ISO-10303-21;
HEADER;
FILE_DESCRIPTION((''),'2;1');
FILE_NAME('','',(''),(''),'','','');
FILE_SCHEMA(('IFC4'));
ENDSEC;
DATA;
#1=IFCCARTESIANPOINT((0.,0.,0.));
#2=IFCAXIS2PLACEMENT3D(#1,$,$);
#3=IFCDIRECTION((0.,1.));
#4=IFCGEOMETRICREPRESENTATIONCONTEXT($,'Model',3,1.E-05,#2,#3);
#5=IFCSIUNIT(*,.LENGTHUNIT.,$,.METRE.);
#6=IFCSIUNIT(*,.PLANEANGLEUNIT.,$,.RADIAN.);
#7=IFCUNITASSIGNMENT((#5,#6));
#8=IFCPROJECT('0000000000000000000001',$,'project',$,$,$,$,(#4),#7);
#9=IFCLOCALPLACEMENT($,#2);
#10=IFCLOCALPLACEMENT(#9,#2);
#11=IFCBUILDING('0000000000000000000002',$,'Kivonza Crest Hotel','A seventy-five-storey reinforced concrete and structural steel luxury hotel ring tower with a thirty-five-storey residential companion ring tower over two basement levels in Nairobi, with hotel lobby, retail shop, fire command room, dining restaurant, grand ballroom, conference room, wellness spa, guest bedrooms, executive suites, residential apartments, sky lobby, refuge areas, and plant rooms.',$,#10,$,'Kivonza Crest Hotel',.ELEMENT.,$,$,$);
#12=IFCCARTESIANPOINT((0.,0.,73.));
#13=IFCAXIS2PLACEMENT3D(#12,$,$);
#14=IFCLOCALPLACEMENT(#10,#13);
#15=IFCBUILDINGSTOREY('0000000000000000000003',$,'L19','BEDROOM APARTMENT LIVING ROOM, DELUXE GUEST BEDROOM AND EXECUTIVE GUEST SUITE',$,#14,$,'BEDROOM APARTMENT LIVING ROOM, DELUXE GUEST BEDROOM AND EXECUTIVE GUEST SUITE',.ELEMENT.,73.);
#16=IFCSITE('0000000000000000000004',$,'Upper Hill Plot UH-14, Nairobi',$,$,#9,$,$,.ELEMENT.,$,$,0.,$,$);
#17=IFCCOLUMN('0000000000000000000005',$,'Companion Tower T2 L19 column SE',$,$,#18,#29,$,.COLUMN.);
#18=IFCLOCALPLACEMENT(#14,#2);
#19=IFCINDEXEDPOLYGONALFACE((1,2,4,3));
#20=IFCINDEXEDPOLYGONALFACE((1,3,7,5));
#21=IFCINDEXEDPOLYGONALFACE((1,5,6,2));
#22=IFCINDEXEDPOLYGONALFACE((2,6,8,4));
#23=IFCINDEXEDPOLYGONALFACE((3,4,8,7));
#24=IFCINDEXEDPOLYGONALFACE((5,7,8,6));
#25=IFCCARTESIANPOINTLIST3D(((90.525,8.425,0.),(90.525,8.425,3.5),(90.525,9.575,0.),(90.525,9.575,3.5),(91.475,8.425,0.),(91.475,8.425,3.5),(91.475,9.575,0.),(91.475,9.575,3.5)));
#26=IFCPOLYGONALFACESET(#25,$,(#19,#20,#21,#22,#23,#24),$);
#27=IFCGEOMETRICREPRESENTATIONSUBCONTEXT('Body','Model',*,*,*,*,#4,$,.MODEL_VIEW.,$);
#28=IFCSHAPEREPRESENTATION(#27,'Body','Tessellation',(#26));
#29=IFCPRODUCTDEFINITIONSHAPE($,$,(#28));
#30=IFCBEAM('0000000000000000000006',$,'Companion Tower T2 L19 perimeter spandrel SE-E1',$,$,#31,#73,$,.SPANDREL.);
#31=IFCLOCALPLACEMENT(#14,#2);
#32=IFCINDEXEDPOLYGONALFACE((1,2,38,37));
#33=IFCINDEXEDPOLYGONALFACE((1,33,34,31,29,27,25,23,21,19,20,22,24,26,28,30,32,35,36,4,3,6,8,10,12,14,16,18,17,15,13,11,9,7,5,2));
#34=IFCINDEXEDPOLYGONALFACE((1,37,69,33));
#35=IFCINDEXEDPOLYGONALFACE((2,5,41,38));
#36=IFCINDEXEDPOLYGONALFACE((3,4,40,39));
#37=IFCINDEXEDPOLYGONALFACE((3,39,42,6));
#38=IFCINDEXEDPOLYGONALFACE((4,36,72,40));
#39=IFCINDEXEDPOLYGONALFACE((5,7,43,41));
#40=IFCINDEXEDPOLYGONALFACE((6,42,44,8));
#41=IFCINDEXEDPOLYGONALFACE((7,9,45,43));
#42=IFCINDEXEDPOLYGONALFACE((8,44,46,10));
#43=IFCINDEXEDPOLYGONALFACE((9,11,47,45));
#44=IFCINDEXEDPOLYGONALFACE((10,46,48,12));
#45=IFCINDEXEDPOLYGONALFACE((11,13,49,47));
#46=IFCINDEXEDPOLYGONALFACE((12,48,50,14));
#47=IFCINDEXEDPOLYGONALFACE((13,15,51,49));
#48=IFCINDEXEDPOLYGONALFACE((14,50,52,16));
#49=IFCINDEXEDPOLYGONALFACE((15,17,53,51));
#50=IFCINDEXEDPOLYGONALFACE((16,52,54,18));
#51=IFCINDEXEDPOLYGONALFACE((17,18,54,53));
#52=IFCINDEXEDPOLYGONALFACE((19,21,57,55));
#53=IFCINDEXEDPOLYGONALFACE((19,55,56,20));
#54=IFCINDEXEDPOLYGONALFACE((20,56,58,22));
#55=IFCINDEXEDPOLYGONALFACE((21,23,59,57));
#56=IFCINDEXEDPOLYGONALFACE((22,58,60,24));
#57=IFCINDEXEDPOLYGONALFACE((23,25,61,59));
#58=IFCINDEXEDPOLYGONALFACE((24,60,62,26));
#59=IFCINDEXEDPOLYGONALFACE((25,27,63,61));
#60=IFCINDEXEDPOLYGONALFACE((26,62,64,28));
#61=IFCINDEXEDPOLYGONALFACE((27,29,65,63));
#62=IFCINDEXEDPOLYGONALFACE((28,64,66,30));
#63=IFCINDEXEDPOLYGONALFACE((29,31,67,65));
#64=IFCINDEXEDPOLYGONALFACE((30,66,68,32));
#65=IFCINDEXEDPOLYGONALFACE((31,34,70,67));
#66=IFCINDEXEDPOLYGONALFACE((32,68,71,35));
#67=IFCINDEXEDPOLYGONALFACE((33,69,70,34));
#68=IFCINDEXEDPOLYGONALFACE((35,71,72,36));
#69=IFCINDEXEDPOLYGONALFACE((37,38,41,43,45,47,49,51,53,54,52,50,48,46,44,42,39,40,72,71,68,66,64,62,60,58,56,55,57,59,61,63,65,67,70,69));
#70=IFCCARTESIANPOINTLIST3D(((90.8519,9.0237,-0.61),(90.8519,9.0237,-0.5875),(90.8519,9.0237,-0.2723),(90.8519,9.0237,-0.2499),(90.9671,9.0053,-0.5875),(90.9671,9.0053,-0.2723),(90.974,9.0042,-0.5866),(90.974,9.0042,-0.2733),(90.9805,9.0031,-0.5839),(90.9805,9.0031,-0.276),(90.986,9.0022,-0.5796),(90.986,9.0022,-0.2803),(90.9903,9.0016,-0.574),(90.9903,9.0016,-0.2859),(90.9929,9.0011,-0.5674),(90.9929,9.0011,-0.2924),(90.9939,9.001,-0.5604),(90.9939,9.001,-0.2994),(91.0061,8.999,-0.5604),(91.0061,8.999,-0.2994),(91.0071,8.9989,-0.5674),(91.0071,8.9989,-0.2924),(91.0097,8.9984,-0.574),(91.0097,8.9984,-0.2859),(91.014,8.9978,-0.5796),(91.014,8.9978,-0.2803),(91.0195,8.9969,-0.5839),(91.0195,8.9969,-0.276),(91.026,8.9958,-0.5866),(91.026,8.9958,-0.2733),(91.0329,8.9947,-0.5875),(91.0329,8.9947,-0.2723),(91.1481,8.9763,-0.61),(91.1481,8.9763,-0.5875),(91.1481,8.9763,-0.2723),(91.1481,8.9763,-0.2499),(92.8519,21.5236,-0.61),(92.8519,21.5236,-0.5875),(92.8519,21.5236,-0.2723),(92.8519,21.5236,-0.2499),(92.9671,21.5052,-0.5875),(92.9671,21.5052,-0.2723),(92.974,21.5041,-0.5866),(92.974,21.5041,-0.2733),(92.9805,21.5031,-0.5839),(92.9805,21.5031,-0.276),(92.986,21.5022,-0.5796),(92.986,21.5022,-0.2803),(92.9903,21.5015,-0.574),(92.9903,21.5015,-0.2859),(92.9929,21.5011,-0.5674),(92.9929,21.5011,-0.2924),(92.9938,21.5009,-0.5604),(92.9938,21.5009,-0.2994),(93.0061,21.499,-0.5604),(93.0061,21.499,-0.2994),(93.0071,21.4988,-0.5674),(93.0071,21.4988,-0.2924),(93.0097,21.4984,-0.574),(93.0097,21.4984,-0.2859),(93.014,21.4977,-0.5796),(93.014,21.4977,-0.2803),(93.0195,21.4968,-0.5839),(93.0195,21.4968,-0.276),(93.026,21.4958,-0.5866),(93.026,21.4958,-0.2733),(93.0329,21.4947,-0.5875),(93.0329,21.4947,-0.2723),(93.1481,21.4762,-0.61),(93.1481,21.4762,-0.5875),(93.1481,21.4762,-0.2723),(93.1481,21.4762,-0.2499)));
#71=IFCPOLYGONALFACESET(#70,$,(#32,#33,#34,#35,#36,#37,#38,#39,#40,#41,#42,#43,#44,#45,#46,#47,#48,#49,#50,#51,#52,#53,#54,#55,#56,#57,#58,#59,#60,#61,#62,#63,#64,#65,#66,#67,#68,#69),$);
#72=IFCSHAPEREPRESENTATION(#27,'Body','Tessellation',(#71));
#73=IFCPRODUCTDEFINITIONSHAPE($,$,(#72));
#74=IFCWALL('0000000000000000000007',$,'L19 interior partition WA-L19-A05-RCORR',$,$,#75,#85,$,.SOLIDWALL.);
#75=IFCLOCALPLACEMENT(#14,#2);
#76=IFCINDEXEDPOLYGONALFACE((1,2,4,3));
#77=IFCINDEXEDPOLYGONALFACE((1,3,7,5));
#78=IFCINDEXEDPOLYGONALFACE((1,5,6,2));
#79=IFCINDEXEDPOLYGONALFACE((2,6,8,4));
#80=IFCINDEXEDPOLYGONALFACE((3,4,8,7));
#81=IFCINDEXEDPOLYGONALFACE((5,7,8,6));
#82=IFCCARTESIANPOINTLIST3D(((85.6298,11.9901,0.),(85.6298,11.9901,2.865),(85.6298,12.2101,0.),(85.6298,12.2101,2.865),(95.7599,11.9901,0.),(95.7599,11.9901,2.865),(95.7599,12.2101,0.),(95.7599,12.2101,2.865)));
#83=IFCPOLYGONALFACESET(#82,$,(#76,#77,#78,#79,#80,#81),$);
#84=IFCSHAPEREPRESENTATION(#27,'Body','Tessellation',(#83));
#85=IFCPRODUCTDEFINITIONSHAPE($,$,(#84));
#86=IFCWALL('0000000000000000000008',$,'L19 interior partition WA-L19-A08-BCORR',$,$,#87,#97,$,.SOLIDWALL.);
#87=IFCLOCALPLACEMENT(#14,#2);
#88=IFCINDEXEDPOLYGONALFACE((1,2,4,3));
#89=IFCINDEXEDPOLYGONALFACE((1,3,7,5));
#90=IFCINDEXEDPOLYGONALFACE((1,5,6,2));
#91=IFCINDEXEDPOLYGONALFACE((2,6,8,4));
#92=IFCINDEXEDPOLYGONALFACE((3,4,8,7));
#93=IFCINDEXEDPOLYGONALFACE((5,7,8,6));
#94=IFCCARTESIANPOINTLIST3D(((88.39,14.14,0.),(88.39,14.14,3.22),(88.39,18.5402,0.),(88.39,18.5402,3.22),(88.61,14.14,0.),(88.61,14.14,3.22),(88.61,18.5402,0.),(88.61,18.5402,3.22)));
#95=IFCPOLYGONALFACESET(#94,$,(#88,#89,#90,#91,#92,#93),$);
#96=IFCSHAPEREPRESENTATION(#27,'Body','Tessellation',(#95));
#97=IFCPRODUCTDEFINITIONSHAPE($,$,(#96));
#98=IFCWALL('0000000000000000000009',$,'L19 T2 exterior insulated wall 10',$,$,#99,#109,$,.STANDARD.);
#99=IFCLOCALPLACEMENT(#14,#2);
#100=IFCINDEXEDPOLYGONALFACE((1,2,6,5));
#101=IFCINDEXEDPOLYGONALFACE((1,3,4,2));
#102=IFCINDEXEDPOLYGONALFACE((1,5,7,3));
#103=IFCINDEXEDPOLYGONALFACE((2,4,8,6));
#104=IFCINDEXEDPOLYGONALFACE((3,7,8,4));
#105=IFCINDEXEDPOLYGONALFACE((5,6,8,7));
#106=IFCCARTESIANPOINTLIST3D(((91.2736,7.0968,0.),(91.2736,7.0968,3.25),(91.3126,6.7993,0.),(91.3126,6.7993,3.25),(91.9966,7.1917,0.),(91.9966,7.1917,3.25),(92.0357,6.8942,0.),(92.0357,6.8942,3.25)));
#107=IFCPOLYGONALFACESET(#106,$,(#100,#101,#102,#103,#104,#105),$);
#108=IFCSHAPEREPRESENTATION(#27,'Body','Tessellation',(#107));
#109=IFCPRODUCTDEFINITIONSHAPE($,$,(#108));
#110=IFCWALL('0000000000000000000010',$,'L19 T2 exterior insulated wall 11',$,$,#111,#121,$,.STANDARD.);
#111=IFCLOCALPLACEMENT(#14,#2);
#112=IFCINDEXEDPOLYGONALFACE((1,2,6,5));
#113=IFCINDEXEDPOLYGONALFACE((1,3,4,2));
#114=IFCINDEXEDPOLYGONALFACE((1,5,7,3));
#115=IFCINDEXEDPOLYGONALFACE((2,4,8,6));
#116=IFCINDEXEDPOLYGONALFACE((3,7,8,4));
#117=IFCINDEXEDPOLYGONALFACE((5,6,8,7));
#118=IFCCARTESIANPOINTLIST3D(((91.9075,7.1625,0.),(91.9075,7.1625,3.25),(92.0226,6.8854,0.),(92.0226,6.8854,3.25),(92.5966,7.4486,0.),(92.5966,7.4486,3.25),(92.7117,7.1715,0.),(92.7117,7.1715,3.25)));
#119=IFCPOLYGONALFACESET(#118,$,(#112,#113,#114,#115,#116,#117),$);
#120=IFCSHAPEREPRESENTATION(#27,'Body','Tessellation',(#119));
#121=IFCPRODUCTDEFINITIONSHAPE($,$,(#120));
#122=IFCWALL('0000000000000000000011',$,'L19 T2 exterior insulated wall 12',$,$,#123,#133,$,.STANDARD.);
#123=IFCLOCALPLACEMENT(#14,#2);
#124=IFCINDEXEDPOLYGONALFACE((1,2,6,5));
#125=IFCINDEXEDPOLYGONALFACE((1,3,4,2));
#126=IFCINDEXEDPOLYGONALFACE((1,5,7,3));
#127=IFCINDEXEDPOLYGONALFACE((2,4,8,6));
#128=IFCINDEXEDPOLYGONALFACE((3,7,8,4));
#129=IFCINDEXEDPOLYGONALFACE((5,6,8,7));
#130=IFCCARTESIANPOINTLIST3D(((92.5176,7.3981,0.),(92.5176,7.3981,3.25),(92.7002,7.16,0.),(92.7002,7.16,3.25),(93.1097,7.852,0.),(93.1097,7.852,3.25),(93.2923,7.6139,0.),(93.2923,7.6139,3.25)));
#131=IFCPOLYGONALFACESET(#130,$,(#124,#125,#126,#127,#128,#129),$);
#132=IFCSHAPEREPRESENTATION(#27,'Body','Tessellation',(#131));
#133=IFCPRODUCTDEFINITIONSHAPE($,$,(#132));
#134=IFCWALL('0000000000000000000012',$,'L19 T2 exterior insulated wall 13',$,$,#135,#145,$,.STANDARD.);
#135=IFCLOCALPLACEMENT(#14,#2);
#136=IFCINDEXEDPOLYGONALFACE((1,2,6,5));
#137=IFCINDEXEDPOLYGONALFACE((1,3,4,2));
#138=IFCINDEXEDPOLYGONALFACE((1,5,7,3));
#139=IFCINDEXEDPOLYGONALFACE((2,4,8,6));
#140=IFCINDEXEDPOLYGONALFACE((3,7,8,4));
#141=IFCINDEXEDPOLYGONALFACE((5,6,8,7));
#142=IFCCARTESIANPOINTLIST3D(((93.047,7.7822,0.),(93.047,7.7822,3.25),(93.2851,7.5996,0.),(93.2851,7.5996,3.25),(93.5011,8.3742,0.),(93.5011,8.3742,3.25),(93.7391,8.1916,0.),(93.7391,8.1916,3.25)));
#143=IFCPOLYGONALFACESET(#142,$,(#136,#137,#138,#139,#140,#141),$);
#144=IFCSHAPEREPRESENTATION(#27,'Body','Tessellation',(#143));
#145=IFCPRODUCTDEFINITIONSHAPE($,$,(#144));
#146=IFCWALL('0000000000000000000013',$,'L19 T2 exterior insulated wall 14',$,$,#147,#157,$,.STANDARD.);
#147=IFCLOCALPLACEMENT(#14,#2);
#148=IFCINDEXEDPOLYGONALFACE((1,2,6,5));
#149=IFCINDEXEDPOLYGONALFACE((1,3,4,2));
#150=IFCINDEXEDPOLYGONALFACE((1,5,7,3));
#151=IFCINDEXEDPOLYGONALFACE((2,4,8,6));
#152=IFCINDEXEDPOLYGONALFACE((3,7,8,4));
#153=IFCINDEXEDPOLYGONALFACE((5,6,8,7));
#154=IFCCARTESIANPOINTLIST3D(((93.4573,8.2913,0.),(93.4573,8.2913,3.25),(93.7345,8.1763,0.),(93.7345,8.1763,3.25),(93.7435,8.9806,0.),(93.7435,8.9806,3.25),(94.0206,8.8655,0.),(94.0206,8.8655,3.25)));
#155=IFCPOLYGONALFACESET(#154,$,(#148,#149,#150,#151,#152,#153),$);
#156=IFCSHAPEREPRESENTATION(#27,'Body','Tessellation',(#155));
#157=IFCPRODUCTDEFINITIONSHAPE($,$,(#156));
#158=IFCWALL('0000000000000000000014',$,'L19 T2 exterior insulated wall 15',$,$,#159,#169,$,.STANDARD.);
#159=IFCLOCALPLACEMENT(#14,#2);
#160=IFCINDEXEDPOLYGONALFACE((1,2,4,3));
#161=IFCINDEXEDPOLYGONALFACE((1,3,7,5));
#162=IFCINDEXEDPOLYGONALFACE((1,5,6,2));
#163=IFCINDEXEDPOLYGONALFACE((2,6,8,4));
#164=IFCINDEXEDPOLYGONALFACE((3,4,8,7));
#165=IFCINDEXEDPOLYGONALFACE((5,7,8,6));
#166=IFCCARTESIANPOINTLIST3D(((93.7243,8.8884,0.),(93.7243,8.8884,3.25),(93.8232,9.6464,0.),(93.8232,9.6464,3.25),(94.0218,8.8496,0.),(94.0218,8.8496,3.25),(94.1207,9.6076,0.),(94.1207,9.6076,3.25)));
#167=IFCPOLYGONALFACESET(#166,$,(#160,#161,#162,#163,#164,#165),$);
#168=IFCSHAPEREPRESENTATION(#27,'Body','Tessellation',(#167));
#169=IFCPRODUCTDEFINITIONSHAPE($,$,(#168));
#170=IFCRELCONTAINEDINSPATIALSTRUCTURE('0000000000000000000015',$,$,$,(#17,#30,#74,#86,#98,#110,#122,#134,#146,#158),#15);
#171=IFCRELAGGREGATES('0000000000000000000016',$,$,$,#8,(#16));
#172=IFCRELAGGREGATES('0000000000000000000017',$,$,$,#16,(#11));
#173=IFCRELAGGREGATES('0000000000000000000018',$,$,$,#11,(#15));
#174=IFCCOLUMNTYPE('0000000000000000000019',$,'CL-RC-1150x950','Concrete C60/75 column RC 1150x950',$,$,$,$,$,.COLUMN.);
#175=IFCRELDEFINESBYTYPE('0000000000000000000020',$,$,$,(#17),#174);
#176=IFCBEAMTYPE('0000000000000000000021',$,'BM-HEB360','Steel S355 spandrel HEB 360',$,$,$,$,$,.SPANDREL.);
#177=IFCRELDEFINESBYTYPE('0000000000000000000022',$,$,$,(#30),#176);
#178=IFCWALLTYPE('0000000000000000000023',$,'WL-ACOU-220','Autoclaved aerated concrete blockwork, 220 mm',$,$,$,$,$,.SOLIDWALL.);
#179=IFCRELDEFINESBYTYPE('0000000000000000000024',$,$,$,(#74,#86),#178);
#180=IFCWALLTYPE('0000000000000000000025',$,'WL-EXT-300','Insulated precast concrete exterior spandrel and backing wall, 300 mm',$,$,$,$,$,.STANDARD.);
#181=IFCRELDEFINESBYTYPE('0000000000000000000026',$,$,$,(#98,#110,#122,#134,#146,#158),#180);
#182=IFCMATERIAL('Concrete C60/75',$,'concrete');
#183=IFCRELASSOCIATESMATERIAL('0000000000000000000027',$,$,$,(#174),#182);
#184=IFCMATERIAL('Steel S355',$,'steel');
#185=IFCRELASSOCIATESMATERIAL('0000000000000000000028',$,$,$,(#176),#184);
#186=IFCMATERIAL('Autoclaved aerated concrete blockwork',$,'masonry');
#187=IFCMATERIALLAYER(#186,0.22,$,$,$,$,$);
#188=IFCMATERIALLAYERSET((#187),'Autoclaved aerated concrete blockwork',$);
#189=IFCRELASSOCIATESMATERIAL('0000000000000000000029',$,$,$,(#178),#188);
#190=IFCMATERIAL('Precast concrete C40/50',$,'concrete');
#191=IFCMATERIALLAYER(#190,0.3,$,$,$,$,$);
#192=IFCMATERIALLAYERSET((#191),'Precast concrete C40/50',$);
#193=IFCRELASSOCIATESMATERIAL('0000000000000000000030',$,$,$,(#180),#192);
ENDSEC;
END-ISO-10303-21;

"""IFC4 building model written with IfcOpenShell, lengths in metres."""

from ifc_helpers import new_model, si_unit, direction, frame, frame_2d, origin, origin_2d, place, context, subcontext, project, spatial, rectangle, i_section, extrude, material, layer, layer_set, material_profile, profile_set, type_object, element, save


model = new_model("IFC4")

# Units and contexts
model_context = context("Model", 3, precision=1e-05, world=origin(), true_north=direction((0.0, 1.0)))
body_context = subcontext(model_context, "Body", "Model", "MODEL_VIEW")
ifc_project = project(units=[si_unit("LENGTHUNIT", "METRE"), si_unit("PLANEANGLEUNIT", "RADIAN")], contexts=[model_context])

# Site, building, storey
site_placement = place(None, origin())
site = spatial("IfcSite", under=ifc_project, at=site_placement, Name="Upper Hill Plot UH-14, Nairobi", CompositionType="ELEMENT", RefElevation=0.0)
building_placement = place(site_placement, origin())
building = spatial("IfcBuilding", under=site, at=building_placement, Name="Kivonza Crest Hotel", Description="A seventy-five-storey reinforced concrete and structural steel luxury hotel ring tower with a thirty-five-storey residential companion ring tower over two basement levels in Nairobi, with hotel lobby, retail shop, fire command room, dining restaurant, grand ballroom, conference room, wellness spa, guest bedrooms, executive suites, residential apartments, sky lobby, refuge areas, and plant rooms.", LongName="Kivonza Crest Hotel", CompositionType="ELEMENT")
storey_placement = place(building_placement, frame((0.0, 0.0, 73.0)))
storey = spatial("IfcBuildingStorey", under=building, at=storey_placement, Name="L19", Description="BEDROOM APARTMENT LIVING ROOM, DELUXE GUEST BEDROOM AND EXECUTIVE GUEST SUITE", LongName="BEDROOM APARTMENT LIVING ROOM, DELUXE GUEST BEDROOM AND EXECUTIVE GUEST SUITE", CompositionType="ELEMENT", Elevation=73.0)

# Column
ifc_material_1 = material(Name="Concrete C60/75", Category="concrete")
ifc_material_profile_1 = material_profile(ifc_material_1, rectangle(XDim=0.95, YDim=1.1499, at=origin_2d()), Name="RC 1150x950")
ifc_profile_set_1 = profile_set([ifc_material_profile_1], Name="Concrete C60/75")
column_type = type_object("IfcColumnType", Name="CL-RC-1150x950", Description="Concrete C60/75 column RC 1150x950", PredefinedType="COLUMN", material=ifc_profile_set_1)
column_placement = place(storey_placement, frame((91.0, 9.0, 0.0), z_axis=(0.0, 0.0, 1.0), x_axis=(1.0, 0.0, 0.0)))
element("IfcColumn", 1, at=column_placement, inside=storey, type_object=column_type, Name="Companion Tower T2 L19 column SE", PredefinedType="COLUMN", context=body_context, shape_type="SweptSolid", body=[
    extrude(rectangle(XDim=0.95, YDim=1.1499, at=origin_2d()), origin(), (0.0, 0.0, 1.0), 3.5),
])

# Beam
ifc_material_2 = material(Name="Steel S355", Category="steel")
ifc_material_profile_2 = material_profile(ifc_material_2, i_section(OverallWidth=0.3, OverallDepth=0.3601, WebThickness=0.0125, FlangeThickness=0.0225, FilletRadius=0.0271, at=origin_2d()), Name="HEB 360")
ifc_profile_set_2 = profile_set([ifc_material_profile_2], Name="Steel S355")
beam_type = type_object("IfcBeamType", Name="BM-HEB360", Description="Steel S355 spandrel HEB 360", PredefinedType="SPANDREL", material=ifc_profile_set_2)
beam_placement = place(storey_placement, frame((91.0, 9.0, -0.4299), z_axis=(0.157991, 0.987441, 0.0), x_axis=(-0.987441, 0.157991, 0.0)))
element("IfcBeam", 2, at=beam_placement, inside=storey, type_object=beam_type, Name="Companion Tower T2 L19 perimeter spandrel SE-E1", PredefinedType="SPANDREL", context=body_context, shape_type="SweptSolid", body=[
    extrude(i_section(OverallWidth=0.3, OverallDepth=0.3601, WebThickness=0.0125, FlangeThickness=0.0225, FilletRadius=0.0271, at=origin_2d()), origin(), (0.0, 0.0, 1.0), 12.6589),
])

# Walls
ifc_material_3 = material(Name="Autoclaved aerated concrete blockwork", Category="masonry")
ifc_layer_1 = layer(ifc_material_3, 0.22)
ifc_layer_set_1 = layer_set([ifc_layer_1], Name="Autoclaved aerated concrete blockwork")
wall_type_1 = type_object("IfcWallType", Name="WL-ACOU-220", Description="Autoclaved aerated concrete blockwork, 220 mm", PredefinedType="SOLIDWALL", material=ifc_layer_set_1)
wall_1_placement = place(storey_placement, frame((85.6299, 12.1001, 0.0), z_axis=(0.0, 0.0, 1.0), x_axis=(1.0, 0.0, 0.0)))
element("IfcWall", 3, at=wall_1_placement, inside=storey, type_object=wall_type_1, Name="L19 interior partition WA-L19-A05-RCORR", PredefinedType="SOLIDWALL", context=body_context, shape_type="SweptSolid", body=[
    extrude(rectangle(XDim=10.1301, YDim=0.22, at=frame_2d((5.0649, 0.0))), origin(), (0.0, 0.0, 1.0), 2.865),
])
wall_2_placement = place(storey_placement, frame((88.5, 14.1399, 0.0), z_axis=(0.0, 0.0, 1.0), x_axis=(0.0, 1.0, 0.0)))
element("IfcWall", 4, at=wall_2_placement, inside=storey, type_object=wall_type_1, Name="L19 interior partition WA-L19-A08-BCORR", PredefinedType="SOLIDWALL", context=body_context, shape_type="SweptSolid", body=[
    extrude(rectangle(XDim=4.4001, YDim=0.22, at=frame_2d((2.2002, 0.0))), origin(), (0.0, 0.0, 1.0), 3.22),
])
ifc_material_4 = material(Name="Precast concrete C40/50", Category="concrete")
ifc_layer_2 = layer(ifc_material_4, 0.3)
ifc_layer_set_2 = layer_set([ifc_layer_2], Name="Precast concrete C40/50")
wall_type_2 = type_object("IfcWallType", Name="WL-EXT-300", Description="Insulated precast concrete exterior spandrel and backing wall, 300 mm", PredefinedType="STANDARD", material=ifc_layer_set_2)
wall_3_placement = place(storey_placement, frame((91.293, 6.948, 0.0), z_axis=(0.0, 0.0, 1.0), x_axis=(0.991486, 0.130212, 0.0)))
element("IfcWall", 5, at=wall_3_placement, inside=storey, type_object=wall_type_2, Name="L19 T2 exterior insulated wall 10", PredefinedType="STANDARD", context=body_context, shape_type="SweptSolid", body=[
    extrude(rectangle(XDim=0.7292, YDim=0.3, at=frame_2d((0.3647, 0.0))), origin(), (0.0, 0.0, 1.0), 3.25),
])
for number, where, z_axis, x_axis, name in (
    (6, (91.9651, 7.0239, 0.0), (0.0, 0.0, 1.0), (0.923522, 0.383546, 0.0), "L19 T2 exterior insulated wall 11"),
    (7, (92.6089, 7.2791, 0.0), (0.0, 0.0, 1.0), (0.793633, 0.608397, 0.0), "L19 T2 exterior insulated wall 12"),
    (8, (93.166, 7.6909, 0.0), (0.0, 0.0, 1.0), (0.608603, 0.793475, 0.0), "L19 T2 exterior insulated wall 13"),
):
    element("IfcWall", number, at=place(storey_placement, frame(where, z_axis=z_axis, x_axis=x_axis)), inside=storey, type_object=wall_type_2, Name=name, PredefinedType="STANDARD", context=body_context, shape_type="SweptSolid", body=[
        extrude(rectangle(XDim=0.7461, YDim=0.3, at=frame_2d((0.373, 0.0))), origin(), (0.0, 0.0, 1.0), 3.25),
    ])
wall_4_placement = place(storey_placement, frame((93.5959, 8.2339, 0.0), z_axis=(0.0, 0.0, 1.0), x_axis=(0.38343, 0.92357, 0.0)))
element("IfcWall", 9, at=wall_4_placement, inside=storey, type_object=wall_type_2, Name="L19 T2 exterior insulated wall 14", PredefinedType="STANDARD", context=body_context, shape_type="SweptSolid", body=[
    extrude(rectangle(XDim=0.7463, YDim=0.3, at=frame_2d((0.373, 0.0))), origin(), (0.0, 0.0, 1.0), 3.25),
])
wall_5_placement = place(storey_placement, frame((93.873, 8.8689, 0.0), z_axis=(0.0, 0.0, 1.0), x_axis=(0.129339, 0.9916, 0.0)))
element("IfcWall", 10, at=wall_5_placement, inside=storey, type_object=wall_type_2, Name="L19 T2 exterior insulated wall 15", PredefinedType="STANDARD", context=body_context, shape_type="SweptSolid", body=[
    extrude(rectangle(XDim=0.7644, YDim=0.3, at=frame_2d((0.3823, 0.0))), origin(), (0.0, 0.0, 1.0), 3.25),
])

save(model, "model.ifc")
